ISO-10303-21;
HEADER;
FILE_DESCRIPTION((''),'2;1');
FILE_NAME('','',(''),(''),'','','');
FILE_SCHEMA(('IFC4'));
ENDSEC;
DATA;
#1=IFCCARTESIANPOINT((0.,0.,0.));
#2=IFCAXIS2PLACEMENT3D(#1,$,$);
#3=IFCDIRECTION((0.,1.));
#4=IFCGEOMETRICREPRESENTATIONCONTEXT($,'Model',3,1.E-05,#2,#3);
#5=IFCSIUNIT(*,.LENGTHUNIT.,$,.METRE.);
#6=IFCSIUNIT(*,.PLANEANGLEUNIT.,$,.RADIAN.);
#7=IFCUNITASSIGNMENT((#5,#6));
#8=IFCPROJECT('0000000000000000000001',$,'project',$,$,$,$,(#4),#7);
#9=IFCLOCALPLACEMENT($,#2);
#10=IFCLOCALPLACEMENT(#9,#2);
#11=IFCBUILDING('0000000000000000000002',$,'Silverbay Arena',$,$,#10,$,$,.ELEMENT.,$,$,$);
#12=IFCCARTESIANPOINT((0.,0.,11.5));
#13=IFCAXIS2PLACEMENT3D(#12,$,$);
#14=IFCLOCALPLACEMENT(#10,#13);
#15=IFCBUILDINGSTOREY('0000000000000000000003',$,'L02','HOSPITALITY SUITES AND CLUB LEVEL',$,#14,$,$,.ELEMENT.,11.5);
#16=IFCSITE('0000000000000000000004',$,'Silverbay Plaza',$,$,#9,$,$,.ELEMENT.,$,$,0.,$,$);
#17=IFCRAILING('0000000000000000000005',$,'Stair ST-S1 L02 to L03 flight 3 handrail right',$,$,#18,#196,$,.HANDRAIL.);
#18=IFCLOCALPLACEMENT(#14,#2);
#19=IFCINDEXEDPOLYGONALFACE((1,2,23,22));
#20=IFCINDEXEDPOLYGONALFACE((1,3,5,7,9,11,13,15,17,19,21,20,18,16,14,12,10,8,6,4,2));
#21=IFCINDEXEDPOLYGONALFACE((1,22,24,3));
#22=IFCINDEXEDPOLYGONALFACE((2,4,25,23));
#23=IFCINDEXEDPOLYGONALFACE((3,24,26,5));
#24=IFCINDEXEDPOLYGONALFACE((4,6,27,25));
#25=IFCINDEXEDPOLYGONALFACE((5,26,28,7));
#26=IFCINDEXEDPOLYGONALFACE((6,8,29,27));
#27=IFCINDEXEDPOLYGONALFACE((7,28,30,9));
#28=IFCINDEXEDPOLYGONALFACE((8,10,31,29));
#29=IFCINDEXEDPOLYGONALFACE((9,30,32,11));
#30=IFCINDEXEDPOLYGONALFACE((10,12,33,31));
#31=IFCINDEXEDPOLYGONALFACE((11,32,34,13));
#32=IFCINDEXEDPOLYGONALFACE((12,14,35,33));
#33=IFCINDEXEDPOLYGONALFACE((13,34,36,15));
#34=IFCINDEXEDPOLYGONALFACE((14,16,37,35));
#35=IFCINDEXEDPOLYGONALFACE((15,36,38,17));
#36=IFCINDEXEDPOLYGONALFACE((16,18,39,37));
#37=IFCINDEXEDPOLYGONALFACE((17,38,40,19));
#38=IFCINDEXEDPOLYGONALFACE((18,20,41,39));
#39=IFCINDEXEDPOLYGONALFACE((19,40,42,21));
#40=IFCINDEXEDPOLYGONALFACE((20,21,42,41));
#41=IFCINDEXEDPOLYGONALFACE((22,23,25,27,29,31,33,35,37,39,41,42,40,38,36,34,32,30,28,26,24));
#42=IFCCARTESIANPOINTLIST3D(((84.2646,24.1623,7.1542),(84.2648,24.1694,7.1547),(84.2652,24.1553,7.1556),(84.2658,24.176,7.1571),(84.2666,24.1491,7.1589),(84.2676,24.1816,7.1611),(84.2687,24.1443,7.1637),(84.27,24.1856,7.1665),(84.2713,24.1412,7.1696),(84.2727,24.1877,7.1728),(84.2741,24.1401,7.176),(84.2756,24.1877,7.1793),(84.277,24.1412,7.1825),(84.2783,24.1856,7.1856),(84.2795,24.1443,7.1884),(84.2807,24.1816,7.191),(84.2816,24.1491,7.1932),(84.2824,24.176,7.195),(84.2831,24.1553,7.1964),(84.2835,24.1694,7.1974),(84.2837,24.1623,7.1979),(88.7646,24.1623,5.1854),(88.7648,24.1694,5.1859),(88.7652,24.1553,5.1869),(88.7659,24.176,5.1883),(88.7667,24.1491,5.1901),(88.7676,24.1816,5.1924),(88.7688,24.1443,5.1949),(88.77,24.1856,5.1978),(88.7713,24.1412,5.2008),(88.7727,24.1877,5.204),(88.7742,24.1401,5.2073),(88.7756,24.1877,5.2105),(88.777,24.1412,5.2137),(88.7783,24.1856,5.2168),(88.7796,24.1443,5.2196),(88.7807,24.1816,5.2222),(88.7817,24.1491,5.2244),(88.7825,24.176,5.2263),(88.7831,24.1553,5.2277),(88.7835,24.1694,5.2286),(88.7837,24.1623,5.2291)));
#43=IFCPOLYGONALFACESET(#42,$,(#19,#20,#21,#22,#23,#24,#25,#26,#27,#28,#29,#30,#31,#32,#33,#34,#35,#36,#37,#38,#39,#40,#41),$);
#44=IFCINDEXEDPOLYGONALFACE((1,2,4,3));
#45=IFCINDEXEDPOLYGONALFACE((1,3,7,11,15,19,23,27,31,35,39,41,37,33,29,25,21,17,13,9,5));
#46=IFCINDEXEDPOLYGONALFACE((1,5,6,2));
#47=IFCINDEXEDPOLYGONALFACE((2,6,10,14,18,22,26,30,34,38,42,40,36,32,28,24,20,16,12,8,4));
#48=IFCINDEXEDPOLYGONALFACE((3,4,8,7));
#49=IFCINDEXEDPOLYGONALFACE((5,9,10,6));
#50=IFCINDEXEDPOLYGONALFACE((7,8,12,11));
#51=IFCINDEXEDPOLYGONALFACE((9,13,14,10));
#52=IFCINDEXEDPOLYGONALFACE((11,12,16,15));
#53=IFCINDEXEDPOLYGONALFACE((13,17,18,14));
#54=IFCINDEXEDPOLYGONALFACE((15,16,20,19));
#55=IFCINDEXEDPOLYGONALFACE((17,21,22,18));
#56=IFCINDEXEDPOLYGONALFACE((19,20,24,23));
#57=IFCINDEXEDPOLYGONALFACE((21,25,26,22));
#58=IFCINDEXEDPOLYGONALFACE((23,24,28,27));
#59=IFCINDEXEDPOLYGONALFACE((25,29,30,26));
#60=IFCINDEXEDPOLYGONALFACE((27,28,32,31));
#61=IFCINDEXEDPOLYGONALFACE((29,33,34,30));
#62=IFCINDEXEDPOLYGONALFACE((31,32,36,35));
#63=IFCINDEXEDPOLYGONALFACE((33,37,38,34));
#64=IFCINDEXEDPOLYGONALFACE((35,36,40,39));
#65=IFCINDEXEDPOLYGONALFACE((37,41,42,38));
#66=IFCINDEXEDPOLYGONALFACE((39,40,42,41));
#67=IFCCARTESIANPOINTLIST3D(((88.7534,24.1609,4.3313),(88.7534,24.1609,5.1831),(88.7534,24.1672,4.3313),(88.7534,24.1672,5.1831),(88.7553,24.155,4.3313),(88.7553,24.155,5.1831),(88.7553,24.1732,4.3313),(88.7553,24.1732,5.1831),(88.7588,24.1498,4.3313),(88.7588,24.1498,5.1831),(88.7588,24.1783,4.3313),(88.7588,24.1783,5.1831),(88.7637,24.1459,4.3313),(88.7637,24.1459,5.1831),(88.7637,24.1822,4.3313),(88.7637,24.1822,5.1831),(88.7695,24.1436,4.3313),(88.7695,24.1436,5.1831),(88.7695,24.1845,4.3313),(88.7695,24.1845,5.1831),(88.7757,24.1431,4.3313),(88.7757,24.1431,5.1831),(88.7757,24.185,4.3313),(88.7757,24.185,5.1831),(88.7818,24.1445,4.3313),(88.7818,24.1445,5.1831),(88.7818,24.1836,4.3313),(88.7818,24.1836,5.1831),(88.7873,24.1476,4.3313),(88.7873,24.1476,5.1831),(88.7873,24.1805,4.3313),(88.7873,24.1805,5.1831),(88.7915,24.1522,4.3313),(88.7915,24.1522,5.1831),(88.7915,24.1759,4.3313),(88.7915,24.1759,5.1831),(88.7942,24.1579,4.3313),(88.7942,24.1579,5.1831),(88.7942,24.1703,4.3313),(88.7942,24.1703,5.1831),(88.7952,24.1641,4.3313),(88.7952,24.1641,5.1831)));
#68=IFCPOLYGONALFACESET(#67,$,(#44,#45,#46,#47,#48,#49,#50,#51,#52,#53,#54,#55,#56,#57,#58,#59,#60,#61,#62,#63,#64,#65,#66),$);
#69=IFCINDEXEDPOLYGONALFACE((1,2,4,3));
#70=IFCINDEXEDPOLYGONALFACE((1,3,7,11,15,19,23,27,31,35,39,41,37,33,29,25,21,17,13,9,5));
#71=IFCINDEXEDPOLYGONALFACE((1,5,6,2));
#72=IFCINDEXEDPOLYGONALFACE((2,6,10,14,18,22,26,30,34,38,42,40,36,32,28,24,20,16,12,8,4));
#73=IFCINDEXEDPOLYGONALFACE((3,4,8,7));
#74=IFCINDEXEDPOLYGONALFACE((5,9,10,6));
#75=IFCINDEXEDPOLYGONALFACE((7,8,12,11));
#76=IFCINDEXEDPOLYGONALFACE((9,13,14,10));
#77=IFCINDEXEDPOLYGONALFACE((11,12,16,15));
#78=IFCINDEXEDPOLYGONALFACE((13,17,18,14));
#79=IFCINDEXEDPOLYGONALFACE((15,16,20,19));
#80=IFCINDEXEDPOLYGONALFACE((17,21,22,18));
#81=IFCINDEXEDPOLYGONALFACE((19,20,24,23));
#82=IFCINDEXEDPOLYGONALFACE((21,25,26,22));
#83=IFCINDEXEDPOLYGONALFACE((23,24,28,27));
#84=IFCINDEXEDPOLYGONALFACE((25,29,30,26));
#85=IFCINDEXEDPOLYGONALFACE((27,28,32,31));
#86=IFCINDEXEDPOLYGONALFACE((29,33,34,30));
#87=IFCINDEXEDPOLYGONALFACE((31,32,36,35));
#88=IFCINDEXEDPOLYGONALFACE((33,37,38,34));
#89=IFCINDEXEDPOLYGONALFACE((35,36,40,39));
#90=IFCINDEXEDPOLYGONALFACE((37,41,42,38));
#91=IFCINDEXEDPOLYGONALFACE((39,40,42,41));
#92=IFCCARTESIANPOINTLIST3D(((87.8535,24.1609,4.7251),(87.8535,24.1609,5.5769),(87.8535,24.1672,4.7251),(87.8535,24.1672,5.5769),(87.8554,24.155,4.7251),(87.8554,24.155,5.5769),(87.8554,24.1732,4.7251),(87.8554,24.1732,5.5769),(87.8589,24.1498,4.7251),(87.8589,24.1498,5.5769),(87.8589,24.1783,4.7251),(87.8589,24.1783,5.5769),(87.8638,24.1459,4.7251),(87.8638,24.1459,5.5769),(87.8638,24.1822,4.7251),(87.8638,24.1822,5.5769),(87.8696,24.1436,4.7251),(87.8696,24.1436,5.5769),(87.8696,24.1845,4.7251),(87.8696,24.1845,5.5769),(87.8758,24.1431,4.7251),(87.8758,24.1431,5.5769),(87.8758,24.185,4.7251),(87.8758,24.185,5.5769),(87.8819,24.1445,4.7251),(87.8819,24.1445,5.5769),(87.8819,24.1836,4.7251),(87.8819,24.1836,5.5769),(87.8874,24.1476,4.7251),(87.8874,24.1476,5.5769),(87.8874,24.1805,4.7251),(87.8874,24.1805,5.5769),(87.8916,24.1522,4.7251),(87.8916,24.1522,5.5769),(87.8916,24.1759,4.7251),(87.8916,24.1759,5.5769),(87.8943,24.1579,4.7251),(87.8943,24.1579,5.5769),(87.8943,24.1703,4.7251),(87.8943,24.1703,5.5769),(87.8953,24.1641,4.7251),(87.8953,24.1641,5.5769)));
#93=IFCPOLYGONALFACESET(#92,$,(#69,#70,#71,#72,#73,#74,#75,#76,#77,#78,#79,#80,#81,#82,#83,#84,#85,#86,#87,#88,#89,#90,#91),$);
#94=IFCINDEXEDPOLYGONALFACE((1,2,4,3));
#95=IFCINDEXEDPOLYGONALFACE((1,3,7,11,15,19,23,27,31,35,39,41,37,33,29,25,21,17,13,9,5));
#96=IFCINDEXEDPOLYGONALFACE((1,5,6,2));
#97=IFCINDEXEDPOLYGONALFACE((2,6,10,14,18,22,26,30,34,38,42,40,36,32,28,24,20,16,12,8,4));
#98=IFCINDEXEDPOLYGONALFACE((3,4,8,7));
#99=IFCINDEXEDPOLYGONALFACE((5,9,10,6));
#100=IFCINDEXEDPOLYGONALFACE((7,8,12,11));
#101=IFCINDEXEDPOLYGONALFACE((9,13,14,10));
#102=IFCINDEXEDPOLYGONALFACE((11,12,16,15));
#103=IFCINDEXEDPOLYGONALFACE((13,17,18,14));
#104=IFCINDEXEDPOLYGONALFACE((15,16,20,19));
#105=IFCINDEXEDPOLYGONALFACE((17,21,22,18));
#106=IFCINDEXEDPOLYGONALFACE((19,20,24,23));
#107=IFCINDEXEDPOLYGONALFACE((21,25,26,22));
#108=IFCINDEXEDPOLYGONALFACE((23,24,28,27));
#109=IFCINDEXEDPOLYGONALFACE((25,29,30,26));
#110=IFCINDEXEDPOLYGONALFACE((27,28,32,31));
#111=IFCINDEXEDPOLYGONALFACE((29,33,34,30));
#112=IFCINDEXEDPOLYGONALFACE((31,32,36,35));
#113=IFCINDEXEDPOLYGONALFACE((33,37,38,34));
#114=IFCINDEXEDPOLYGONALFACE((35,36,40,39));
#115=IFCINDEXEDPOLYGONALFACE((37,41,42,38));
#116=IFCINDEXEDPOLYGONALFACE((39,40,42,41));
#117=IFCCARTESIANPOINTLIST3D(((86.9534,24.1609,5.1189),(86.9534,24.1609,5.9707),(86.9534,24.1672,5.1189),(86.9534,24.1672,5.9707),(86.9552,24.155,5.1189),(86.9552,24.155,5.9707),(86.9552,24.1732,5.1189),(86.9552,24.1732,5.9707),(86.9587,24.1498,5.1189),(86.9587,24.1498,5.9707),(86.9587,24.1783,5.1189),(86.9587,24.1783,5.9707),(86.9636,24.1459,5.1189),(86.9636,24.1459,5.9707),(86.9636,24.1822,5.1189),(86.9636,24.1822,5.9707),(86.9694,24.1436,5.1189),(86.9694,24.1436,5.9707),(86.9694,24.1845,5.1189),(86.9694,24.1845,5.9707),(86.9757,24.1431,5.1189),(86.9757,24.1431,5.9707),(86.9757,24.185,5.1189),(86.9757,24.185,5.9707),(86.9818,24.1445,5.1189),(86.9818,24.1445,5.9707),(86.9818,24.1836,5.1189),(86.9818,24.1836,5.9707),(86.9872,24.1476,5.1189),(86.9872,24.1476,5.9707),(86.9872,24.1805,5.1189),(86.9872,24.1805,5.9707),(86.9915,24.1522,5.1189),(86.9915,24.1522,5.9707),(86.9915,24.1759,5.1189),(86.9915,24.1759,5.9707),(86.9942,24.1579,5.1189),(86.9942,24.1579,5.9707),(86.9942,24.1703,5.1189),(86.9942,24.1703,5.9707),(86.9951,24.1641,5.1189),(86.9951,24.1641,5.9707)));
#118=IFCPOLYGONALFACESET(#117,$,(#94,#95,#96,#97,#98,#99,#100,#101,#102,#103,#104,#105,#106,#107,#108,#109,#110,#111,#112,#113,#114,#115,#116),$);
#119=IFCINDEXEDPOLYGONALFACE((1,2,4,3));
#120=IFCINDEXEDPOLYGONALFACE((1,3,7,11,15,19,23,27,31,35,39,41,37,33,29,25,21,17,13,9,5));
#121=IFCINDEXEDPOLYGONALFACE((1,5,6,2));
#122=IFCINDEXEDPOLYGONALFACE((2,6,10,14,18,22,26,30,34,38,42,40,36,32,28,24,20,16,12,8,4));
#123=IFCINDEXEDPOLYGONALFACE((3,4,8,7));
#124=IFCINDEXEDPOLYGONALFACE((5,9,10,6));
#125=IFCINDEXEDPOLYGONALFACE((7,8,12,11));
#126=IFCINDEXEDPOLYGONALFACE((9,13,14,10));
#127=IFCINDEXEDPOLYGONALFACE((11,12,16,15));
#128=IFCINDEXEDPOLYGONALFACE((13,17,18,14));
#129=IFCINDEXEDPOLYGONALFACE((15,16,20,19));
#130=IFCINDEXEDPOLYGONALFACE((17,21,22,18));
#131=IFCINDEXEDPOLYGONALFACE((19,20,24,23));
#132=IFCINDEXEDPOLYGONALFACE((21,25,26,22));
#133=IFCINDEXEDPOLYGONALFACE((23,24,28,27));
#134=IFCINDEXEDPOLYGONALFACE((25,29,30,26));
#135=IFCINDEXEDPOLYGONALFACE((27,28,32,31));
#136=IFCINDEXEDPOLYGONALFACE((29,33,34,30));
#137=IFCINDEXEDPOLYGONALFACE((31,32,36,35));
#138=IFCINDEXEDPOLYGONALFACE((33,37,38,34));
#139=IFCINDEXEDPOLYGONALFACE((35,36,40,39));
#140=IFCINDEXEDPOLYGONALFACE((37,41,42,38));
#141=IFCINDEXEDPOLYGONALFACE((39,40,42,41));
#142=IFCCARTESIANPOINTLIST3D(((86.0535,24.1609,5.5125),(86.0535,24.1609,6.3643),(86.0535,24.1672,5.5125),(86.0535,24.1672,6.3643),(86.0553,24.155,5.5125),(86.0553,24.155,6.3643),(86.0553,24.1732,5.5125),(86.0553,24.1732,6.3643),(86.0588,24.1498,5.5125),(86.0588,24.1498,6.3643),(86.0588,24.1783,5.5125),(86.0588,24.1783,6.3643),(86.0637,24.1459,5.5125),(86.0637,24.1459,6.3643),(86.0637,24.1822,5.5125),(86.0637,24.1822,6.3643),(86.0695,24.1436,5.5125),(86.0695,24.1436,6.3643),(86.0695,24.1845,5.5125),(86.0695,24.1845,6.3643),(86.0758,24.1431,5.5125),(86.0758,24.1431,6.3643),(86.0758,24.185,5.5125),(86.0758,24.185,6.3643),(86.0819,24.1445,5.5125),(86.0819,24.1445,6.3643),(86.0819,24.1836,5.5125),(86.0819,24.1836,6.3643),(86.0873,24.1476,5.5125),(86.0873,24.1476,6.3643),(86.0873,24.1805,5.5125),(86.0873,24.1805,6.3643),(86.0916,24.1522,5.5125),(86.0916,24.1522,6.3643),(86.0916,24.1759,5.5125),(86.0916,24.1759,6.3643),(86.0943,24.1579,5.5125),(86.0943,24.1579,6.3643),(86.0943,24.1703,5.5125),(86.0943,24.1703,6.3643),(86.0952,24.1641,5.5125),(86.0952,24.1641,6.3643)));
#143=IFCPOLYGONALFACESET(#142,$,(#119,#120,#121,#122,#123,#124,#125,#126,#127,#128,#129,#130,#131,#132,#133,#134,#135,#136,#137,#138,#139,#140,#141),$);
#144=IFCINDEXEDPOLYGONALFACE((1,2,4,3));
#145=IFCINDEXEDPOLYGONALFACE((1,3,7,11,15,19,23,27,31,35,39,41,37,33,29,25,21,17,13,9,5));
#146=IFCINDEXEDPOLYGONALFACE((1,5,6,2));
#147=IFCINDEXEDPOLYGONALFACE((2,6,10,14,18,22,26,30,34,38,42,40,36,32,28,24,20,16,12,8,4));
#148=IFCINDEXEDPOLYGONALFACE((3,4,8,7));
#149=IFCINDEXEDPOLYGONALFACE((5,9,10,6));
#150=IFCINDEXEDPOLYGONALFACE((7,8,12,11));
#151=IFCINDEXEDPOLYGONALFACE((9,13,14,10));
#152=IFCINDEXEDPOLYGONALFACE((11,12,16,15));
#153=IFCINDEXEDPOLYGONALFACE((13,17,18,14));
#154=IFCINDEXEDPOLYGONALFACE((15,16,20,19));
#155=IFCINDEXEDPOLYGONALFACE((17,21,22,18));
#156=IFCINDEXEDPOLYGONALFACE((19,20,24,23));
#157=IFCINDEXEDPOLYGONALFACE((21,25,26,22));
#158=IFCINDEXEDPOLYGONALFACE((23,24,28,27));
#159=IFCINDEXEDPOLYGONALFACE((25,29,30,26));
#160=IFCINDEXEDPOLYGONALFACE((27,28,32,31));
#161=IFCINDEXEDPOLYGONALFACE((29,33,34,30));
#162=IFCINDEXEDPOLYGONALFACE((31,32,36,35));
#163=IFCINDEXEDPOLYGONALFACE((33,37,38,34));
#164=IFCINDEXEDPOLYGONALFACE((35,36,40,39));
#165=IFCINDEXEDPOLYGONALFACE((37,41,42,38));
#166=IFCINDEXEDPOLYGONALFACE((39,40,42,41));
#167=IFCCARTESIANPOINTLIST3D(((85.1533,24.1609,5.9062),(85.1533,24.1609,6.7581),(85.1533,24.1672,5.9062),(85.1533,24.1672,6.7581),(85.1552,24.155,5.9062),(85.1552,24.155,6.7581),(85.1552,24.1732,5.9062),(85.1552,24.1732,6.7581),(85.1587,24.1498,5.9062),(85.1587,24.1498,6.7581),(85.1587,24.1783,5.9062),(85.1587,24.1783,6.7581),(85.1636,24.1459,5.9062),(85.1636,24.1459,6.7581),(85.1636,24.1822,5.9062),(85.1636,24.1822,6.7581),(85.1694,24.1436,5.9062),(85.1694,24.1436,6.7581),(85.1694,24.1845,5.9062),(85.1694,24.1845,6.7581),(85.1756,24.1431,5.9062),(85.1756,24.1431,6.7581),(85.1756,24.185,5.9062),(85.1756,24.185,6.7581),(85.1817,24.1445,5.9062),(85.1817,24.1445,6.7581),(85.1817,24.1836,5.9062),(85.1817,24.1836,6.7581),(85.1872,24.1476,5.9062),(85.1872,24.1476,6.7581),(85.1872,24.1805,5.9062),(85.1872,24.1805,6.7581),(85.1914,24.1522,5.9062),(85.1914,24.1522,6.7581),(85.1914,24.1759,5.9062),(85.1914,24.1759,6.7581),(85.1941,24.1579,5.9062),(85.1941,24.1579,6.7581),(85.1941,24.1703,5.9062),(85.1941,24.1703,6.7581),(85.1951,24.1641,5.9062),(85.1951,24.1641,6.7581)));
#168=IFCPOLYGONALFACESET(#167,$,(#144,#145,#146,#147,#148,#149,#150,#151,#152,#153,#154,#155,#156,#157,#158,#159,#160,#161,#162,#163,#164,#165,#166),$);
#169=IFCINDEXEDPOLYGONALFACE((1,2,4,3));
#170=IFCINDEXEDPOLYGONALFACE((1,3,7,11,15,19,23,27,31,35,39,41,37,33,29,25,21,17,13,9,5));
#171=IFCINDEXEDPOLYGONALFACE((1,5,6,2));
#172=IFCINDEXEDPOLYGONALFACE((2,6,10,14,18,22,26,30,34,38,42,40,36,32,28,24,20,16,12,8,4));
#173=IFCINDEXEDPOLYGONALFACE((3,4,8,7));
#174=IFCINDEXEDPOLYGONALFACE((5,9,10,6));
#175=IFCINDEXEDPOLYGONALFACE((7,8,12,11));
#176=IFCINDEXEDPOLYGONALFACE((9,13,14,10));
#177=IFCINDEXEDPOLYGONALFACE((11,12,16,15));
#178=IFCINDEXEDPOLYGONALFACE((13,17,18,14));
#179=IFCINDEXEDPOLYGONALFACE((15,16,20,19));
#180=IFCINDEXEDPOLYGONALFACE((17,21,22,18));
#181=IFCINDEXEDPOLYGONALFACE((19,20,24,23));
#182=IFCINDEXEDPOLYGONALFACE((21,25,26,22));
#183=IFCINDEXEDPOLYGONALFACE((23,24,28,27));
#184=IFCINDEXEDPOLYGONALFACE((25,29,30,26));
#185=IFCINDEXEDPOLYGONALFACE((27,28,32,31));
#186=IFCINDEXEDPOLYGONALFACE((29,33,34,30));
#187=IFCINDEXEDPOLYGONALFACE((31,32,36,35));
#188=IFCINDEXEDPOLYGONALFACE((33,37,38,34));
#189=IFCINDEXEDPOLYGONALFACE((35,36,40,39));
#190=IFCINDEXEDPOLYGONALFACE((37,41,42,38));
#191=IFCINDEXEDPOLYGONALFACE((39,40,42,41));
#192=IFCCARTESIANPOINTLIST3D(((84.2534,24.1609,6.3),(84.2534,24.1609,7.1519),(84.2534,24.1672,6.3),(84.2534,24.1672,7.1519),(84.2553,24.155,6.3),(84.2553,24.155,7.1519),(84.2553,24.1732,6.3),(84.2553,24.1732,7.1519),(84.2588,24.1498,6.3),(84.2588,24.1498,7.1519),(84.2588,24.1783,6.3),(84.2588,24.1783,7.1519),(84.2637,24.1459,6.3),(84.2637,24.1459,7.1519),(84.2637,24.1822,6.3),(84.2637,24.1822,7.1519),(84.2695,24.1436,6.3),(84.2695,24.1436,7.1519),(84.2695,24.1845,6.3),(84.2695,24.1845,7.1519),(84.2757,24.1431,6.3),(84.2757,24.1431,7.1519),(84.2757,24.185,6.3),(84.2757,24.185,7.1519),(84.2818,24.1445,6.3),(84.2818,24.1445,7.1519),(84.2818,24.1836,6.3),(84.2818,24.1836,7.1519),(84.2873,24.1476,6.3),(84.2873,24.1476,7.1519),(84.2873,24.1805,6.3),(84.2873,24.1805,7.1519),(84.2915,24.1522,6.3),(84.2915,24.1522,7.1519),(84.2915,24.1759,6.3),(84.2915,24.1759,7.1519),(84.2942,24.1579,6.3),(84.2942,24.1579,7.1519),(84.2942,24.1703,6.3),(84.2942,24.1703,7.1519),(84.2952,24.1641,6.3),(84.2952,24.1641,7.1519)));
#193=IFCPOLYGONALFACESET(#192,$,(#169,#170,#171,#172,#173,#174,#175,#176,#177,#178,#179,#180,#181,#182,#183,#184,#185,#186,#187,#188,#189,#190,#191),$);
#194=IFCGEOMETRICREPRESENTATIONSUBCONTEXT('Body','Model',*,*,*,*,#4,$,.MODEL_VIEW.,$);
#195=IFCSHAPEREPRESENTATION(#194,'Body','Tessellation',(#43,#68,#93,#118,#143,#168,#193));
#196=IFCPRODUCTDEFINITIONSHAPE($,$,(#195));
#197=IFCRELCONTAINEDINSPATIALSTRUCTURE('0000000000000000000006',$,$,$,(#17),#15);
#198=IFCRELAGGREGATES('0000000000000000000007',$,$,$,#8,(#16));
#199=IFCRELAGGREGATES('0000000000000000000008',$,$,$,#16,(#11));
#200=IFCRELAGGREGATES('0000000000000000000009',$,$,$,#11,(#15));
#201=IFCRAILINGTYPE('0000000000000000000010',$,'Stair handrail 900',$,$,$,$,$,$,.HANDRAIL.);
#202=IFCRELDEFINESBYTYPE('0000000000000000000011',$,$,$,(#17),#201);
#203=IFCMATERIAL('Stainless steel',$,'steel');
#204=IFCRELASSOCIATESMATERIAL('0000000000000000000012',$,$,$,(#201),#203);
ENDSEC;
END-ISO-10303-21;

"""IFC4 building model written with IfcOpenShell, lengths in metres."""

from ifc_helpers import new_model, si_unit, direction, frame, origin, origin_2d, place, context, subcontext, project, spatial, circle, extrude, material, type_object, element, save


model = new_model("IFC4")

# Units and contexts
model_context = context("Model", 3, precision=1e-05, world=origin(), true_north=direction((0.0, 1.0)))
body_context = subcontext(model_context, "Body", "Model", "MODEL_VIEW")
ifc_project = project(units=[si_unit("LENGTHUNIT", "METRE"), si_unit("PLANEANGLEUNIT", "RADIAN")], contexts=[model_context])

# Site, building, storey
site_placement = place(None, origin())
site = spatial("IfcSite", under=ifc_project, at=site_placement, Name="Silverbay Plaza", CompositionType="ELEMENT", RefElevation=0.0)
building_placement = place(site_placement, origin())
building = spatial("IfcBuilding", under=site, at=building_placement, Name="Silverbay Arena", CompositionType="ELEMENT")
storey_placement = place(building_placement, frame((0.0, 0.0, 11.5)))
storey = spatial("IfcBuildingStorey", under=building, at=storey_placement, Name="L02", Description="HOSPITALITY SUITES AND CLUB LEVEL", CompositionType="ELEMENT", Elevation=11.5)

# Railing
ifc_material_1 = material(Name="Stainless steel", Category="steel")
railing_type_1 = type_object("IfcRailingType", Name="Stair handrail 900", PredefinedType="HANDRAIL", material=ifc_material_1)
for number, where, name in (
    (1, (88.7742, 24.1641, 4.3313), "Stair ST-S1 L02 to L03 flight 3 handrail right"),
):
    element("IfcRailing", number, at=place(storey_placement, frame(where)), inside=storey, type_object=railing_type_1, Name=name, PredefinedType="HANDRAIL", context=body_context, shape_type="SweptSolid", body=[
        extrude(circle(Radius=0.0239, at=origin_2d()), frame((0.0, 0.0, 0.876), z_axis=(-0.916157, 0.0, 0.400819), x_axis=(0.0, -1.0, 0.0)), (0.0, 0.0, 1.0), 4.9119),
        extrude(circle(Radius=0.021, at=origin_2d()), origin(), (0.0, 0.0, 1.0), 0.8518),
        extrude(circle(Radius=0.021, at=origin_2d()), frame((-0.8999, 0.0, 0.3938)), (0.0, 0.0, 1.0), 0.8518),
        extrude(circle(Radius=0.021, at=origin_2d()), frame((-1.8, 0.0, 0.7876)), (0.0, 0.0, 1.0), 0.8518),
        extrude(circle(Radius=0.021, at=origin_2d()), frame((-2.7, 0.0, 1.1812)), (0.0, 0.0, 1.0), 0.8518),
        extrude(circle(Radius=0.021, at=origin_2d()), frame((-3.6001, 0.0, 1.575)), (0.0, 0.0, 1.0), 0.8518),
        extrude(circle(Radius=0.021, at=origin_2d()), frame((-4.5, 0.0, 1.9688)), (0.0, 0.0, 1.0), 0.8518),
    ])

save(model, "model.ifc")
